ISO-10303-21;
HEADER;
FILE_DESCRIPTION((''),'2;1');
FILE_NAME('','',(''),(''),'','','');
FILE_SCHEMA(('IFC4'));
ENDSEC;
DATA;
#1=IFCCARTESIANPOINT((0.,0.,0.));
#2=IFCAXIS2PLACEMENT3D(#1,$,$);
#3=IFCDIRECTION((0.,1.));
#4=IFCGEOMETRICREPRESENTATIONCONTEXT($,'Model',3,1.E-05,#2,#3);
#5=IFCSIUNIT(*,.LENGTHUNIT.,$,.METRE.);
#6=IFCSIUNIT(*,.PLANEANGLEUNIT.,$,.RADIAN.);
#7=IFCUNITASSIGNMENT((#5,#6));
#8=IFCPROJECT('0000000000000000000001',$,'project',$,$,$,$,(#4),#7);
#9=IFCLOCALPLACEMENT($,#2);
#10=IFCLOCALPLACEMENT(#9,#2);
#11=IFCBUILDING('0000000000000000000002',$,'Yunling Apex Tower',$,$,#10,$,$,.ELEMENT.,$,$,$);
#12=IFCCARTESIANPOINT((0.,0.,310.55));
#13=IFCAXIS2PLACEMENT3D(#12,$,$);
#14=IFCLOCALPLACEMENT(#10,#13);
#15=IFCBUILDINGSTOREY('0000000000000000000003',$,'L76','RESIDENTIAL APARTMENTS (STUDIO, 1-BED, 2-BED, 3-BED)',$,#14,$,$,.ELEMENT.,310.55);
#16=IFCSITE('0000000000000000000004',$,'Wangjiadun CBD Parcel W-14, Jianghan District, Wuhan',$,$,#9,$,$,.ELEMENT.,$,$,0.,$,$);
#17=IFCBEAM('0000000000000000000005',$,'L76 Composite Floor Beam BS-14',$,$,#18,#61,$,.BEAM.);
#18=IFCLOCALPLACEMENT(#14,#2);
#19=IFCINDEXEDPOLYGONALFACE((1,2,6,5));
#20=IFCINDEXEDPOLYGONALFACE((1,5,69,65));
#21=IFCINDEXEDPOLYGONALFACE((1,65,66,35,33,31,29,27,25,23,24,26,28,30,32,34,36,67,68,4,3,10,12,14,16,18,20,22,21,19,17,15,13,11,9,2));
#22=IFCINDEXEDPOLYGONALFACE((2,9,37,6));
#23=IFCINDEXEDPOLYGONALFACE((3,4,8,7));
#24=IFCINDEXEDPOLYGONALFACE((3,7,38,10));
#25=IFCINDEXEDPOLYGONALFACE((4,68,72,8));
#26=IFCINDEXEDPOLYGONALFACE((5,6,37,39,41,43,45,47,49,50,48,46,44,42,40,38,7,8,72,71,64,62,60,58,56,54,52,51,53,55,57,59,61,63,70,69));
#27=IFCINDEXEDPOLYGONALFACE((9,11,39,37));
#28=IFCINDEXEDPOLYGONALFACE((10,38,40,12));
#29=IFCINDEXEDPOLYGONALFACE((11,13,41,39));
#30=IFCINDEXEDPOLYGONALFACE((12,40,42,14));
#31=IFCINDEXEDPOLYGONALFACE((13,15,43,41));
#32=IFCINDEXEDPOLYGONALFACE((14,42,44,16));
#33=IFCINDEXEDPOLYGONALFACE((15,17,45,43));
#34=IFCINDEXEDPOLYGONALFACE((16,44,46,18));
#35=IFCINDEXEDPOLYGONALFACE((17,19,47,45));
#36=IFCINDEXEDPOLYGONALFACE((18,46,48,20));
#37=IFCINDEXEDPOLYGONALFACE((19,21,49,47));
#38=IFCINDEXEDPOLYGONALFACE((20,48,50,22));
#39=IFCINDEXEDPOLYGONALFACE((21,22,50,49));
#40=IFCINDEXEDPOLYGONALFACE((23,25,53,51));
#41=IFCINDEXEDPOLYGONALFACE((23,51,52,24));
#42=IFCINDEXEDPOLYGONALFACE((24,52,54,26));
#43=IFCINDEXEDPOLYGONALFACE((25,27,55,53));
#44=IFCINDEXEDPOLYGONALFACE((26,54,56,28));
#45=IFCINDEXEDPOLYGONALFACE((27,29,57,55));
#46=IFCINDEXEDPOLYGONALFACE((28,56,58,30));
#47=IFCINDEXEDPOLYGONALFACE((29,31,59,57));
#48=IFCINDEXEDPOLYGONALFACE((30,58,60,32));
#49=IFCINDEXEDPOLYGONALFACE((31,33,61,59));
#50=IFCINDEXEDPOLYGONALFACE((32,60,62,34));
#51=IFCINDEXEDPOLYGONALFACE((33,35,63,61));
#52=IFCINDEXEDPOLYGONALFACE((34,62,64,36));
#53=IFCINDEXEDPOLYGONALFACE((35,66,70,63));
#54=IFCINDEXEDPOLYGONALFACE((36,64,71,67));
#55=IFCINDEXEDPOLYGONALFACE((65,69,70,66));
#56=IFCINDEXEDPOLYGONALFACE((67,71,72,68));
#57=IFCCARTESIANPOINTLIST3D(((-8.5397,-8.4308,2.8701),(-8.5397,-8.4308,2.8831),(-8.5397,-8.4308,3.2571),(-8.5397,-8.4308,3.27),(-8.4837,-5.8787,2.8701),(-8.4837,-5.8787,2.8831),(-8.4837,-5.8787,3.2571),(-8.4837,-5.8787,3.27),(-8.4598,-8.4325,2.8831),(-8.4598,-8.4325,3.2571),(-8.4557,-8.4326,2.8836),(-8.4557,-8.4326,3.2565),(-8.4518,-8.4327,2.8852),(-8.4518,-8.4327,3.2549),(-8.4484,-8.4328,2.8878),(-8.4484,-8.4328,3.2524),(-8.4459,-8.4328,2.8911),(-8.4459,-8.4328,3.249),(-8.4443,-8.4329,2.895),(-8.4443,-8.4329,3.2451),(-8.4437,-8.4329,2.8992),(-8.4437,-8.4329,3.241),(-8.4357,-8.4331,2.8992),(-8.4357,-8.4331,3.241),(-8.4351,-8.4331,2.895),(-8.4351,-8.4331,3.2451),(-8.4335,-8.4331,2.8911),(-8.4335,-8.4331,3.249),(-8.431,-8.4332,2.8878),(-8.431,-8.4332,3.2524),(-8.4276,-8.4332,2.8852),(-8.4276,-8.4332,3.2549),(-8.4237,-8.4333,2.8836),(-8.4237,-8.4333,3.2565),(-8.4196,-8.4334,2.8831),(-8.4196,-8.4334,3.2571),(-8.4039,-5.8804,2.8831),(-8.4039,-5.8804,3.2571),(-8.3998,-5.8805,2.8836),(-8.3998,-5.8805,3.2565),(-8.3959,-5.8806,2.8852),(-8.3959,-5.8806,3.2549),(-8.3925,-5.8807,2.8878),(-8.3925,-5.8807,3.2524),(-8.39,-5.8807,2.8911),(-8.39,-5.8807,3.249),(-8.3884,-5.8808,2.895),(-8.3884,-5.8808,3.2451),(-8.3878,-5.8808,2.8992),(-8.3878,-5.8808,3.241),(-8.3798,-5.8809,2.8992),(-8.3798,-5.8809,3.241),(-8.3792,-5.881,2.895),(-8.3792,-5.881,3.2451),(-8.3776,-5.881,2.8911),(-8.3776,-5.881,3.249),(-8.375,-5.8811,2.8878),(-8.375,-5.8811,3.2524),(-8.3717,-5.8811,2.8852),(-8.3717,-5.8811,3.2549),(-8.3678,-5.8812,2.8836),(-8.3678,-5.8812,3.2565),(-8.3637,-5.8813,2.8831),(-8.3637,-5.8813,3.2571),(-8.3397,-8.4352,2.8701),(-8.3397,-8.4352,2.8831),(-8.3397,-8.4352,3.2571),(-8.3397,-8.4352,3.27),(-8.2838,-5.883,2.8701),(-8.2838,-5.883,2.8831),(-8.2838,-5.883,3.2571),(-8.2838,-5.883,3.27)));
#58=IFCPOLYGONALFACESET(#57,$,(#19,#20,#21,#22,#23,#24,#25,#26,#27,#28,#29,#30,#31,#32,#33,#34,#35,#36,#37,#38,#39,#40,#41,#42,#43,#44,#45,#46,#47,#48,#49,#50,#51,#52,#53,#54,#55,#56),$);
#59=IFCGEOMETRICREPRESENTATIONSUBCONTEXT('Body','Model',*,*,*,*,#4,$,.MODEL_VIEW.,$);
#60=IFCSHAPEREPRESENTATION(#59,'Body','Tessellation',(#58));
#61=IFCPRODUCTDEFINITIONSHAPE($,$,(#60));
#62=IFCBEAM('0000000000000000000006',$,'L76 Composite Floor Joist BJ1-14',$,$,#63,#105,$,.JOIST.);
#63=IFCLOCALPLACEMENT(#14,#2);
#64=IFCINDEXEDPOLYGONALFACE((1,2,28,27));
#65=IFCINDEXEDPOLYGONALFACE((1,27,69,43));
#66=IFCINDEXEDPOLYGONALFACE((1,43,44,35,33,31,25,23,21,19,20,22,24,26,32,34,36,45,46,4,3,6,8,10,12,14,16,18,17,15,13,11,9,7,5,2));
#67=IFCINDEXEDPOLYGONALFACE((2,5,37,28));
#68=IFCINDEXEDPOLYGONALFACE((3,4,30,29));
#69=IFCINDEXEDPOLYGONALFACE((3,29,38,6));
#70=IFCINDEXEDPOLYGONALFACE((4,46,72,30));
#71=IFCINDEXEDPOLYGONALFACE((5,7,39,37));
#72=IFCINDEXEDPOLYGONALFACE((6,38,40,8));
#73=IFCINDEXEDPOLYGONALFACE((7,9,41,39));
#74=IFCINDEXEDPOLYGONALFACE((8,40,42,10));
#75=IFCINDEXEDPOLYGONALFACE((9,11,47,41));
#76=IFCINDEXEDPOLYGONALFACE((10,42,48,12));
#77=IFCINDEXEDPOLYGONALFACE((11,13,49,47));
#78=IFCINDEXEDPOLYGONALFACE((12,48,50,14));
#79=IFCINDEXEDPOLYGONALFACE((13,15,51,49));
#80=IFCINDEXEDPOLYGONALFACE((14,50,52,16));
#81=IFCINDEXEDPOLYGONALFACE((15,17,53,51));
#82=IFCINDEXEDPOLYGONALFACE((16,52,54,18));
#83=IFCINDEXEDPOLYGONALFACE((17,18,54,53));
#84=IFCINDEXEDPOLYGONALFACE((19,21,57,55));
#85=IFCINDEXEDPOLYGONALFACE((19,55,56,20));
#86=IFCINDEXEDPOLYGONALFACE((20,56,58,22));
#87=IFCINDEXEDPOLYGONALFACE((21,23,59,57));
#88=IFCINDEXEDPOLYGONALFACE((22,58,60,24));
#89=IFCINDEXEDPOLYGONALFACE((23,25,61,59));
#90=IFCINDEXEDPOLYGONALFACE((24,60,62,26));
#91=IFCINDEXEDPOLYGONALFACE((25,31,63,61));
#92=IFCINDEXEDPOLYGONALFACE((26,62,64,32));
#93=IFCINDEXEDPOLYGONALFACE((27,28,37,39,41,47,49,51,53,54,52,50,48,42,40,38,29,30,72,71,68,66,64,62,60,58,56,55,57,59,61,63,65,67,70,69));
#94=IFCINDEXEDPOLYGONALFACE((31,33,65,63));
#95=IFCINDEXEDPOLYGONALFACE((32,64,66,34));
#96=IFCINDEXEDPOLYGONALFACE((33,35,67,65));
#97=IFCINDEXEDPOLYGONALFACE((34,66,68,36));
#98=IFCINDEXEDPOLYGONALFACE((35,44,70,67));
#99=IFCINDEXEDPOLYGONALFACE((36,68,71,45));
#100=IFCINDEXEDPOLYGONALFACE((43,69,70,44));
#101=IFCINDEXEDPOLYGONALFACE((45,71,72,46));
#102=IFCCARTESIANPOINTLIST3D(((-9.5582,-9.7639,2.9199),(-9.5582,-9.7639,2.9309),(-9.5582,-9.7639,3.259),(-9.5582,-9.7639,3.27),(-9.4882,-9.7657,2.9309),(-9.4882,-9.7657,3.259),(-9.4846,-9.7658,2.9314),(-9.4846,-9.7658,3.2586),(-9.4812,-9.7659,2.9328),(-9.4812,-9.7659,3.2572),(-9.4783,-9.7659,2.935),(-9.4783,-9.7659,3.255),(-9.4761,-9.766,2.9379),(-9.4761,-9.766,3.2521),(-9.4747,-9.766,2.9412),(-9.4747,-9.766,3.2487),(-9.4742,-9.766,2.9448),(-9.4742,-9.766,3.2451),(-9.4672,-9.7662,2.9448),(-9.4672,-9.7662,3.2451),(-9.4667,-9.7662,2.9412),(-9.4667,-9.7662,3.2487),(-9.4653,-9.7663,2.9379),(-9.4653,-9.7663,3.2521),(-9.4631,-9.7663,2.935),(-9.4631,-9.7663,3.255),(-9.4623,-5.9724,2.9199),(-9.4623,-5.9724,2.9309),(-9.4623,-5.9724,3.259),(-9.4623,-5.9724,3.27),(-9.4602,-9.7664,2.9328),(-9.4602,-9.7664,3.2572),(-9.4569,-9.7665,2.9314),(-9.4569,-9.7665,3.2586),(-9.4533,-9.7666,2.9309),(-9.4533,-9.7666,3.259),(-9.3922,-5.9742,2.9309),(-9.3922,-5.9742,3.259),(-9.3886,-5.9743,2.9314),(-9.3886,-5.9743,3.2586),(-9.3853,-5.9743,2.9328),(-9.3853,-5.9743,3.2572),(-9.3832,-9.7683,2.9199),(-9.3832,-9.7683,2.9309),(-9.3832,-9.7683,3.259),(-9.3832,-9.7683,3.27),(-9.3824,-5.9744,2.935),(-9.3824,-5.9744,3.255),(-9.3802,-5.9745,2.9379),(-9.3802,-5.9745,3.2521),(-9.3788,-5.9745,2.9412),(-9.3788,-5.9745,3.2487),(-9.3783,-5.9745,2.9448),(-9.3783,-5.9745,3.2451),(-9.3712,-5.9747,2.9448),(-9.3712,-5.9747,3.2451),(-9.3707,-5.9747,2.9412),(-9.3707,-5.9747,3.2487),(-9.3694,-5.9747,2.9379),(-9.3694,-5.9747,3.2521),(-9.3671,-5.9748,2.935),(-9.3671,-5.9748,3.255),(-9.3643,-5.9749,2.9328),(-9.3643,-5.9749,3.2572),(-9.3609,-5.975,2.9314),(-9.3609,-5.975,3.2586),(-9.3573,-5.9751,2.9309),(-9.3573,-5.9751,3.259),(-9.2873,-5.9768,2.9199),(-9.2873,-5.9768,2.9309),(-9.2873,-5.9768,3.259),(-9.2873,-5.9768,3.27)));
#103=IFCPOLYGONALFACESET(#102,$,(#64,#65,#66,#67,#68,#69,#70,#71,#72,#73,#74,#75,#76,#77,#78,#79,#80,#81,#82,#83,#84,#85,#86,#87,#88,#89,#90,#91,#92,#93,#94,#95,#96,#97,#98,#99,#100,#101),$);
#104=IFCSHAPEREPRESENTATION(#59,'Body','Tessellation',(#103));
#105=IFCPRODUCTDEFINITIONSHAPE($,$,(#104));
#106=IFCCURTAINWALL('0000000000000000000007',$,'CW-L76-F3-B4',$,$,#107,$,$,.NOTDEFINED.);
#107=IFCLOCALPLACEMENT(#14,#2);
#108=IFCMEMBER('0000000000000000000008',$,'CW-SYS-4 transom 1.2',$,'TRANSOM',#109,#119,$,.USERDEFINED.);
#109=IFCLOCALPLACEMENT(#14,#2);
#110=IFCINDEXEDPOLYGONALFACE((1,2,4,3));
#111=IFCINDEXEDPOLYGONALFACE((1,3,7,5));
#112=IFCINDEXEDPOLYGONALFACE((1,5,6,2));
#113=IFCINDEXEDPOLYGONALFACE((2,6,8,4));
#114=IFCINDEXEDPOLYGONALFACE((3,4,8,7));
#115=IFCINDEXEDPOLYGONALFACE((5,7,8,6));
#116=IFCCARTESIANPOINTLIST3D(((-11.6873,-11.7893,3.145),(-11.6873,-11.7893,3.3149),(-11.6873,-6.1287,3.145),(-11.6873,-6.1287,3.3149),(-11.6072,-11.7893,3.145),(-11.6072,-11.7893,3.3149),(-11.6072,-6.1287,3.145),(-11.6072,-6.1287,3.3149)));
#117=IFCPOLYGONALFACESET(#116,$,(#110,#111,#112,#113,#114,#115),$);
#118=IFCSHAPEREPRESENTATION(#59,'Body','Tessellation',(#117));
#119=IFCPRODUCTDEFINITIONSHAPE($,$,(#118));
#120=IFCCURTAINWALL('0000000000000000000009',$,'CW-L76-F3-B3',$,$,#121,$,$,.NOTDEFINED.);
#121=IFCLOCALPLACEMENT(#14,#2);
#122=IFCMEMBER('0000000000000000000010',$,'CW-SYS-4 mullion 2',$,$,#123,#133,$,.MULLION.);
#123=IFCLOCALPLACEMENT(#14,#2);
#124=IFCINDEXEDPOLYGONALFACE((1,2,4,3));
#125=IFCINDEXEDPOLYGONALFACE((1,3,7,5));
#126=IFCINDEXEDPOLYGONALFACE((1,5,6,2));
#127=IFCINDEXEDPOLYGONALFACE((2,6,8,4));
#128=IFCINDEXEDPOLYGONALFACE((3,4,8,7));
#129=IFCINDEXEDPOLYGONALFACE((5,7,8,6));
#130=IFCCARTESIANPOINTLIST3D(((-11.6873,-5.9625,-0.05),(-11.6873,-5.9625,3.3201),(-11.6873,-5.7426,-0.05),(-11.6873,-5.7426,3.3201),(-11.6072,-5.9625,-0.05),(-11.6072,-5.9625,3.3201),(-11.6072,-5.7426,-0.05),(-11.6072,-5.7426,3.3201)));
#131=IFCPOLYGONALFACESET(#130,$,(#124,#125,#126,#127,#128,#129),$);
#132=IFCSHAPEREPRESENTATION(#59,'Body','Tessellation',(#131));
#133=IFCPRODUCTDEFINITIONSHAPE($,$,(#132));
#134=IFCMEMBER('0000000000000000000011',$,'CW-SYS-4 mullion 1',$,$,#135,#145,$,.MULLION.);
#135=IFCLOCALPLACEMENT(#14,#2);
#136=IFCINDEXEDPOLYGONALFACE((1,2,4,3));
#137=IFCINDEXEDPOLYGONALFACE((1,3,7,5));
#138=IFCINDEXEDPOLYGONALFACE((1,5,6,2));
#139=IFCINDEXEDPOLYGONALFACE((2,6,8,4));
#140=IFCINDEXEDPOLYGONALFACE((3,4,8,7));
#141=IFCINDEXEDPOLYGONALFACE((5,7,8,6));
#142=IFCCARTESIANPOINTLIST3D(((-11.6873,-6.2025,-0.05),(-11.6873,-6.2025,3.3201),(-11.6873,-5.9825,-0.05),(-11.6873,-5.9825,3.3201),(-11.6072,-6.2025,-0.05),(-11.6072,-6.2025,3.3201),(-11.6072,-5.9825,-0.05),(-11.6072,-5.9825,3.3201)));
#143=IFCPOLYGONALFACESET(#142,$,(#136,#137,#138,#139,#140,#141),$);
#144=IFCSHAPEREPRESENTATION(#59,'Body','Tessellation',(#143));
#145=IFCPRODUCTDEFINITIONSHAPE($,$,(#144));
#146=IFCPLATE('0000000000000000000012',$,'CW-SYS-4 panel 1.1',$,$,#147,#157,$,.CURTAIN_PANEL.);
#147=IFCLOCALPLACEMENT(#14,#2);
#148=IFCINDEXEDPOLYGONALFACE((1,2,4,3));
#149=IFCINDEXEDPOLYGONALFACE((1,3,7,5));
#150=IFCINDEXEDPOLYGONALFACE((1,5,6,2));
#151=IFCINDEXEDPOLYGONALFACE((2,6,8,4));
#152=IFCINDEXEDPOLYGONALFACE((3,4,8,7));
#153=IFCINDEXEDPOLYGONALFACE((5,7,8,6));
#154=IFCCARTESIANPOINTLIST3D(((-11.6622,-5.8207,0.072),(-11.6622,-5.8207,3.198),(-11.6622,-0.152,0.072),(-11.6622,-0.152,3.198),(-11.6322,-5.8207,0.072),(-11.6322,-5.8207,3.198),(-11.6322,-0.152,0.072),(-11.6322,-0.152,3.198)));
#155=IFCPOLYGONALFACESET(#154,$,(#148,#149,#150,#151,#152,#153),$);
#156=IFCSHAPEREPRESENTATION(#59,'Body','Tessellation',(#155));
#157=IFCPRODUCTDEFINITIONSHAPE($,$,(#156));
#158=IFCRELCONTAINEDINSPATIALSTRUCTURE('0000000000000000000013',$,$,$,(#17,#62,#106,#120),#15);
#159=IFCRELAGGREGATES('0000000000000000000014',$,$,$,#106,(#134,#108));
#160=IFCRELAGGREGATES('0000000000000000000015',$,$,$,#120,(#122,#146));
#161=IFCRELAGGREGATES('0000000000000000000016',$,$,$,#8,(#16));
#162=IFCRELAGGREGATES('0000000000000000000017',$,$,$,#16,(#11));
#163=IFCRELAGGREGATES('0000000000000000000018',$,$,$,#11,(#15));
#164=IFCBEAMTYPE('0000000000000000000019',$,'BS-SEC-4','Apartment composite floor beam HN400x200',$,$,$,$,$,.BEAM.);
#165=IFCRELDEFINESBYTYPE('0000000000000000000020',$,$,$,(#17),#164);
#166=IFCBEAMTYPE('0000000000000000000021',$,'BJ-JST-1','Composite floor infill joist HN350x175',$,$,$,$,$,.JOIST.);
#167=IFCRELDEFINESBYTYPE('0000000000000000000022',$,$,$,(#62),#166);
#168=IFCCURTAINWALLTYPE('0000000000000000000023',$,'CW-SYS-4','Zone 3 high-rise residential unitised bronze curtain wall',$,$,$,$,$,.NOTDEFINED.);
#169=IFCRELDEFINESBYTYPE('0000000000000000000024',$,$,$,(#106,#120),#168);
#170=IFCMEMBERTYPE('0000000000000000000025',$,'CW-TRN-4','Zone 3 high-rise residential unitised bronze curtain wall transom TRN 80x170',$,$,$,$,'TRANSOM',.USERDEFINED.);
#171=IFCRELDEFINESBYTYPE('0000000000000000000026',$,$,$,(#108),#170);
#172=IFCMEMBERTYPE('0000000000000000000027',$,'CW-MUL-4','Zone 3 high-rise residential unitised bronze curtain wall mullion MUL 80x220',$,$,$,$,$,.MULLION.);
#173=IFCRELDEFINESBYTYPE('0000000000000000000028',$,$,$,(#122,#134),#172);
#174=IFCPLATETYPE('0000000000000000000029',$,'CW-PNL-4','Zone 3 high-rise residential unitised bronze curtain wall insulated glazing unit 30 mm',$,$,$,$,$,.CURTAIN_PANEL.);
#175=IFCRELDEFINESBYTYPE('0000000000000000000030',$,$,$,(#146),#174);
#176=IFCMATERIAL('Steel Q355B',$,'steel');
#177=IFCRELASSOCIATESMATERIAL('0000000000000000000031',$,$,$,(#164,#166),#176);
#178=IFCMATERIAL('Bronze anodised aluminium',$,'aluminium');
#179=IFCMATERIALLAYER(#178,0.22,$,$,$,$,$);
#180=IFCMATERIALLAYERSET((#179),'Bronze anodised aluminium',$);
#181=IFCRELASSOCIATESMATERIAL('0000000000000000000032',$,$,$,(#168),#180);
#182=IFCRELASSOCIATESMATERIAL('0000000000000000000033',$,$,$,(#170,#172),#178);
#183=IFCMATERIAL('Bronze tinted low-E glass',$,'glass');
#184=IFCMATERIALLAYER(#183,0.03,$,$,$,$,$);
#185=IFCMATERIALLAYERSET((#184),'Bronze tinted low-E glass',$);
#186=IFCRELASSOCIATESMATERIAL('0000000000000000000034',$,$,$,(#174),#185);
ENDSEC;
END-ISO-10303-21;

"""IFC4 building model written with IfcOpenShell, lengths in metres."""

from ifc_helpers import new_model, si_unit, direction, frame, origin, origin_2d, place, context, subcontext, project, spatial, rectangle, i_section, extrude, source, transform, mapped, material, layer, layer_set, material_profile, profile_set, type_object, element, aggregate, save


model = new_model("IFC4")

# Units and contexts
model_context = context("Model", 3, precision=1e-05, world=origin(), true_north=direction((0.0, 1.0)))
body_context = subcontext(model_context, "Body", "Model", "MODEL_VIEW")
ifc_project = project(units=[si_unit("LENGTHUNIT", "METRE"), si_unit("PLANEANGLEUNIT", "RADIAN")], contexts=[model_context])

# Site, building, storey
site_placement = place(None, origin())
site = spatial("IfcSite", under=ifc_project, at=site_placement, Name="Wangjiadun CBD Parcel W-14, Jianghan District, Wuhan", CompositionType="ELEMENT", RefElevation=0.0)
building_placement = place(site_placement, origin())
building = spatial("IfcBuilding", under=site, at=building_placement, Name="Yunling Apex Tower", CompositionType="ELEMENT")
storey_placement = place(building_placement, frame((0.0, 0.0, 310.55)))
storey = spatial("IfcBuildingStorey", under=building, at=storey_placement, Name="L76", Description="RESIDENTIAL APARTMENTS (STUDIO, 1-BED, 2-BED, 3-BED)", CompositionType="ELEMENT", Elevation=310.55)

# Shared definitions
ifc_material_1 = material(Name="Steel Q355B", Category="steel")

# Beams
ifc_material_profile_1 = material_profile(ifc_material_1, i_section(OverallWidth=0.2, OverallDepth=0.3999, WebThickness=0.0081, FlangeThickness=0.0129, FilletRadius=0.0161, at=origin_2d()))
ifc_profile_set_1 = profile_set([ifc_material_profile_1], Name="Steel Q355B")
beam_type_1 = type_object("IfcBeamType", Name="BS-SEC-4", Description="Apartment composite floor beam HN400x200", PredefinedType="BEAM", material=ifc_profile_set_1)
ifc_material_profile_2 = material_profile(ifc_material_1, i_section(OverallWidth=0.175, OverallDepth=0.3501, WebThickness=0.0071, FlangeThickness=0.011, FilletRadius=0.0139, at=origin_2d()))
ifc_profile_set_2 = profile_set([ifc_material_profile_2], Name="Steel Q355B")
beam_type_2 = type_object("IfcBeamType", Name="BJ-JST-1", Description="Composite floor infill joist HN350x175", PredefinedType="JOIST", material=ifc_profile_set_2)
shared_shape_1 = source(origin(), body_context, "Body", "SweptSolid", [
    extrude(i_section(OverallWidth=0.2, OverallDepth=0.3999, WebThickness=0.0081, FlangeThickness=0.0129, FilletRadius=0.0161, at=origin_2d()), origin(), (0.0, 0.0, 1.0), 2.5527),
])
beam_1_placement = place(storey_placement, frame((-8.3838, -5.8809, 3.0701), z_axis=(-0.021902, -0.99976, 0.0), x_axis=(0.99976, -0.021902, 0.0)))
element("IfcBeam", 1, at=beam_1_placement, inside=storey, type_object=beam_type_1, Name="L76 Composite Floor Beam BS-14", PredefinedType="BEAM", context=body_context, shape_type="MappedRepresentation", body=[
    mapped(shared_shape_1, transform((0.0, 0.0, 0.0), scale=1.0)),
])
shared_shape_2 = source(origin(), body_context, "Body", "SweptSolid", [
    extrude(i_section(OverallWidth=0.175, OverallDepth=0.3501, WebThickness=0.0071, FlangeThickness=0.011, FilletRadius=0.0139, at=origin_2d()), origin(), (0.0, 0.0, 1.0), 3.7927),
])
beam_2_placement = place(storey_placement, frame((-9.3748, -5.9746, 3.095), z_axis=(-0.025298, -0.99968, 0.0), x_axis=(0.99968, -0.025298, 0.0)))
element("IfcBeam", 2, at=beam_2_placement, inside=storey, type_object=beam_type_2, Name="L76 Composite Floor Joist BJ1-14", PredefinedType="JOIST", context=body_context, shape_type="MappedRepresentation", body=[
    mapped(shared_shape_2, transform((0.0, 0.0, 0.0), scale=1.0)),
])

# Curtain walls, members
ifc_material_2 = material(Name="Bronze anodised aluminium", Category="aluminium")
ifc_layer_1 = layer(ifc_material_2, 0.22)
ifc_layer_set_1 = layer_set([ifc_layer_1], Name="Bronze anodised aluminium")
curtain_wall_type = type_object("IfcCurtainWallType", Name="CW-SYS-4", Description="Zone 3 high-rise residential unitised bronze curtain wall", PredefinedType="NOTDEFINED", material=ifc_layer_set_1)
curtain_wall_1_placement = place(storey_placement, origin())
curtain_wall_1 = element("IfcCurtainWall", 3, at=curtain_wall_1_placement, inside=storey, type_object=curtain_wall_type, Name="CW-L76-F3-B4", PredefinedType="NOTDEFINED")
ifc_material_profile_3 = material_profile(ifc_material_2, rectangle(XDim=0.0801, YDim=0.1699, at=origin_2d()))
ifc_profile_set_3 = profile_set([ifc_material_profile_3], Name="Bronze anodised aluminium")
member_type_1 = type_object("IfcMemberType", Name="CW-TRN-4", Description="Zone 3 high-rise residential unitised bronze curtain wall transom TRN 80x170", ElementType="TRANSOM", PredefinedType="USERDEFINED", material=ifc_profile_set_3)
shared_shape_3 = source(origin(), body_context, "Body", "SweptSolid", [
    extrude(rectangle(XDim=0.0801, YDim=0.1699, at=origin_2d()), origin(), (0.0, 0.0, 1.0), 5.6606),
])
member_1_placement = place(storey_placement, frame((-11.6472, -6.1287, 3.23), z_axis=(0.0, -1.0, 0.0), x_axis=(1.0, 0.0, 0.0)))
member_1 = element("IfcMember", 4, at=member_1_placement, type_object=member_type_1, Name="CW-SYS-4 transom 1.2", ObjectType="TRANSOM", PredefinedType="USERDEFINED", context=body_context, shape_type="MappedRepresentation", body=[
    mapped(shared_shape_3, transform((0.0, 0.0, 0.0), scale=1.0)),
])
curtain_wall_2_placement = place(storey_placement, origin())
curtain_wall_2 = element("IfcCurtainWall", 5, at=curtain_wall_2_placement, inside=storey, type_object=curtain_wall_type, Name="CW-L76-F3-B3", PredefinedType="NOTDEFINED")
ifc_material_profile_4 = material_profile(ifc_material_2, rectangle(XDim=0.0801, YDim=0.22, at=origin_2d()))
ifc_profile_set_4 = profile_set([ifc_material_profile_4], Name="Bronze anodised aluminium")
member_type_2 = type_object("IfcMemberType", Name="CW-MUL-4", Description="Zone 3 high-rise residential unitised bronze curtain wall mullion MUL 80x220", PredefinedType="MULLION", material=ifc_profile_set_4)
shared_shape_4 = source(origin(), body_context, "Body", "SweptSolid", [
    extrude(rectangle(XDim=0.0801, YDim=0.22, at=origin_2d()), origin(), (0.0, 0.0, 1.0), 3.3701),
])
member_2_placement = place(storey_placement, frame((-11.6472, -5.8525, -0.05), z_axis=(0.0, 0.0, 1.0), x_axis=(1.0, 0.0, 0.0)))
member_2 = element("IfcMember", 6, at=member_2_placement, type_object=member_type_2, Name="CW-SYS-4 mullion 2", PredefinedType="MULLION", context=body_context, shape_type="MappedRepresentation", body=[
    mapped(shared_shape_4, transform((0.0, 0.0, 0.0), scale=1.0)),
])

# Member
member_3_placement = place(storey_placement, frame((-11.6472, -6.0925, -0.05), z_axis=(0.0, 0.0, 1.0), x_axis=(1.0, 0.0, 0.0)))
member_3 = element("IfcMember", 7, at=member_3_placement, type_object=member_type_2, Name="CW-SYS-4 mullion 1", PredefinedType="MULLION", context=body_context, shape_type="MappedRepresentation", body=[
    mapped(shared_shape_4, transform((0.0, 0.0, 0.0), scale=1.0)),
])
aggregate(curtain_wall_1, [member_3, member_1])

# Plate
ifc_material_3 = material(Name="Bronze tinted low-E glass", Category="glass")
ifc_layer_2 = layer(ifc_material_3, 0.03)
ifc_layer_set_2 = layer_set([ifc_layer_2], Name="Bronze tinted low-E glass")
plate_type = type_object("IfcPlateType", Name="CW-PNL-4", Description="Zone 3 high-rise residential unitised bronze curtain wall insulated glazing unit 30 mm", PredefinedType="CURTAIN_PANEL", material=ifc_layer_set_2)
shared_shape_5 = source(origin(), body_context, "Body", "SweptSolid", [
    extrude(rectangle(XDim=5.6687, YDim=0.03, at=origin_2d()), origin(), (0.0, 0.0, 1.0), 3.126),
])
plate_placement = place(storey_placement, frame((-11.6472, -2.9863, 0.072), z_axis=(0.0, 0.0, 1.0), x_axis=(0.0, -1.0, 0.0)))
plate = element("IfcPlate", 8, at=plate_placement, type_object=plate_type, Name="CW-SYS-4 panel 1.1", PredefinedType="CURTAIN_PANEL", context=body_context, shape_type="MappedRepresentation", body=[
    mapped(shared_shape_5, transform((0.0, 0.0, 0.0), scale=1.0)),
])
aggregate(curtain_wall_2, [member_2, plate])

save(model, "model.ifc")
